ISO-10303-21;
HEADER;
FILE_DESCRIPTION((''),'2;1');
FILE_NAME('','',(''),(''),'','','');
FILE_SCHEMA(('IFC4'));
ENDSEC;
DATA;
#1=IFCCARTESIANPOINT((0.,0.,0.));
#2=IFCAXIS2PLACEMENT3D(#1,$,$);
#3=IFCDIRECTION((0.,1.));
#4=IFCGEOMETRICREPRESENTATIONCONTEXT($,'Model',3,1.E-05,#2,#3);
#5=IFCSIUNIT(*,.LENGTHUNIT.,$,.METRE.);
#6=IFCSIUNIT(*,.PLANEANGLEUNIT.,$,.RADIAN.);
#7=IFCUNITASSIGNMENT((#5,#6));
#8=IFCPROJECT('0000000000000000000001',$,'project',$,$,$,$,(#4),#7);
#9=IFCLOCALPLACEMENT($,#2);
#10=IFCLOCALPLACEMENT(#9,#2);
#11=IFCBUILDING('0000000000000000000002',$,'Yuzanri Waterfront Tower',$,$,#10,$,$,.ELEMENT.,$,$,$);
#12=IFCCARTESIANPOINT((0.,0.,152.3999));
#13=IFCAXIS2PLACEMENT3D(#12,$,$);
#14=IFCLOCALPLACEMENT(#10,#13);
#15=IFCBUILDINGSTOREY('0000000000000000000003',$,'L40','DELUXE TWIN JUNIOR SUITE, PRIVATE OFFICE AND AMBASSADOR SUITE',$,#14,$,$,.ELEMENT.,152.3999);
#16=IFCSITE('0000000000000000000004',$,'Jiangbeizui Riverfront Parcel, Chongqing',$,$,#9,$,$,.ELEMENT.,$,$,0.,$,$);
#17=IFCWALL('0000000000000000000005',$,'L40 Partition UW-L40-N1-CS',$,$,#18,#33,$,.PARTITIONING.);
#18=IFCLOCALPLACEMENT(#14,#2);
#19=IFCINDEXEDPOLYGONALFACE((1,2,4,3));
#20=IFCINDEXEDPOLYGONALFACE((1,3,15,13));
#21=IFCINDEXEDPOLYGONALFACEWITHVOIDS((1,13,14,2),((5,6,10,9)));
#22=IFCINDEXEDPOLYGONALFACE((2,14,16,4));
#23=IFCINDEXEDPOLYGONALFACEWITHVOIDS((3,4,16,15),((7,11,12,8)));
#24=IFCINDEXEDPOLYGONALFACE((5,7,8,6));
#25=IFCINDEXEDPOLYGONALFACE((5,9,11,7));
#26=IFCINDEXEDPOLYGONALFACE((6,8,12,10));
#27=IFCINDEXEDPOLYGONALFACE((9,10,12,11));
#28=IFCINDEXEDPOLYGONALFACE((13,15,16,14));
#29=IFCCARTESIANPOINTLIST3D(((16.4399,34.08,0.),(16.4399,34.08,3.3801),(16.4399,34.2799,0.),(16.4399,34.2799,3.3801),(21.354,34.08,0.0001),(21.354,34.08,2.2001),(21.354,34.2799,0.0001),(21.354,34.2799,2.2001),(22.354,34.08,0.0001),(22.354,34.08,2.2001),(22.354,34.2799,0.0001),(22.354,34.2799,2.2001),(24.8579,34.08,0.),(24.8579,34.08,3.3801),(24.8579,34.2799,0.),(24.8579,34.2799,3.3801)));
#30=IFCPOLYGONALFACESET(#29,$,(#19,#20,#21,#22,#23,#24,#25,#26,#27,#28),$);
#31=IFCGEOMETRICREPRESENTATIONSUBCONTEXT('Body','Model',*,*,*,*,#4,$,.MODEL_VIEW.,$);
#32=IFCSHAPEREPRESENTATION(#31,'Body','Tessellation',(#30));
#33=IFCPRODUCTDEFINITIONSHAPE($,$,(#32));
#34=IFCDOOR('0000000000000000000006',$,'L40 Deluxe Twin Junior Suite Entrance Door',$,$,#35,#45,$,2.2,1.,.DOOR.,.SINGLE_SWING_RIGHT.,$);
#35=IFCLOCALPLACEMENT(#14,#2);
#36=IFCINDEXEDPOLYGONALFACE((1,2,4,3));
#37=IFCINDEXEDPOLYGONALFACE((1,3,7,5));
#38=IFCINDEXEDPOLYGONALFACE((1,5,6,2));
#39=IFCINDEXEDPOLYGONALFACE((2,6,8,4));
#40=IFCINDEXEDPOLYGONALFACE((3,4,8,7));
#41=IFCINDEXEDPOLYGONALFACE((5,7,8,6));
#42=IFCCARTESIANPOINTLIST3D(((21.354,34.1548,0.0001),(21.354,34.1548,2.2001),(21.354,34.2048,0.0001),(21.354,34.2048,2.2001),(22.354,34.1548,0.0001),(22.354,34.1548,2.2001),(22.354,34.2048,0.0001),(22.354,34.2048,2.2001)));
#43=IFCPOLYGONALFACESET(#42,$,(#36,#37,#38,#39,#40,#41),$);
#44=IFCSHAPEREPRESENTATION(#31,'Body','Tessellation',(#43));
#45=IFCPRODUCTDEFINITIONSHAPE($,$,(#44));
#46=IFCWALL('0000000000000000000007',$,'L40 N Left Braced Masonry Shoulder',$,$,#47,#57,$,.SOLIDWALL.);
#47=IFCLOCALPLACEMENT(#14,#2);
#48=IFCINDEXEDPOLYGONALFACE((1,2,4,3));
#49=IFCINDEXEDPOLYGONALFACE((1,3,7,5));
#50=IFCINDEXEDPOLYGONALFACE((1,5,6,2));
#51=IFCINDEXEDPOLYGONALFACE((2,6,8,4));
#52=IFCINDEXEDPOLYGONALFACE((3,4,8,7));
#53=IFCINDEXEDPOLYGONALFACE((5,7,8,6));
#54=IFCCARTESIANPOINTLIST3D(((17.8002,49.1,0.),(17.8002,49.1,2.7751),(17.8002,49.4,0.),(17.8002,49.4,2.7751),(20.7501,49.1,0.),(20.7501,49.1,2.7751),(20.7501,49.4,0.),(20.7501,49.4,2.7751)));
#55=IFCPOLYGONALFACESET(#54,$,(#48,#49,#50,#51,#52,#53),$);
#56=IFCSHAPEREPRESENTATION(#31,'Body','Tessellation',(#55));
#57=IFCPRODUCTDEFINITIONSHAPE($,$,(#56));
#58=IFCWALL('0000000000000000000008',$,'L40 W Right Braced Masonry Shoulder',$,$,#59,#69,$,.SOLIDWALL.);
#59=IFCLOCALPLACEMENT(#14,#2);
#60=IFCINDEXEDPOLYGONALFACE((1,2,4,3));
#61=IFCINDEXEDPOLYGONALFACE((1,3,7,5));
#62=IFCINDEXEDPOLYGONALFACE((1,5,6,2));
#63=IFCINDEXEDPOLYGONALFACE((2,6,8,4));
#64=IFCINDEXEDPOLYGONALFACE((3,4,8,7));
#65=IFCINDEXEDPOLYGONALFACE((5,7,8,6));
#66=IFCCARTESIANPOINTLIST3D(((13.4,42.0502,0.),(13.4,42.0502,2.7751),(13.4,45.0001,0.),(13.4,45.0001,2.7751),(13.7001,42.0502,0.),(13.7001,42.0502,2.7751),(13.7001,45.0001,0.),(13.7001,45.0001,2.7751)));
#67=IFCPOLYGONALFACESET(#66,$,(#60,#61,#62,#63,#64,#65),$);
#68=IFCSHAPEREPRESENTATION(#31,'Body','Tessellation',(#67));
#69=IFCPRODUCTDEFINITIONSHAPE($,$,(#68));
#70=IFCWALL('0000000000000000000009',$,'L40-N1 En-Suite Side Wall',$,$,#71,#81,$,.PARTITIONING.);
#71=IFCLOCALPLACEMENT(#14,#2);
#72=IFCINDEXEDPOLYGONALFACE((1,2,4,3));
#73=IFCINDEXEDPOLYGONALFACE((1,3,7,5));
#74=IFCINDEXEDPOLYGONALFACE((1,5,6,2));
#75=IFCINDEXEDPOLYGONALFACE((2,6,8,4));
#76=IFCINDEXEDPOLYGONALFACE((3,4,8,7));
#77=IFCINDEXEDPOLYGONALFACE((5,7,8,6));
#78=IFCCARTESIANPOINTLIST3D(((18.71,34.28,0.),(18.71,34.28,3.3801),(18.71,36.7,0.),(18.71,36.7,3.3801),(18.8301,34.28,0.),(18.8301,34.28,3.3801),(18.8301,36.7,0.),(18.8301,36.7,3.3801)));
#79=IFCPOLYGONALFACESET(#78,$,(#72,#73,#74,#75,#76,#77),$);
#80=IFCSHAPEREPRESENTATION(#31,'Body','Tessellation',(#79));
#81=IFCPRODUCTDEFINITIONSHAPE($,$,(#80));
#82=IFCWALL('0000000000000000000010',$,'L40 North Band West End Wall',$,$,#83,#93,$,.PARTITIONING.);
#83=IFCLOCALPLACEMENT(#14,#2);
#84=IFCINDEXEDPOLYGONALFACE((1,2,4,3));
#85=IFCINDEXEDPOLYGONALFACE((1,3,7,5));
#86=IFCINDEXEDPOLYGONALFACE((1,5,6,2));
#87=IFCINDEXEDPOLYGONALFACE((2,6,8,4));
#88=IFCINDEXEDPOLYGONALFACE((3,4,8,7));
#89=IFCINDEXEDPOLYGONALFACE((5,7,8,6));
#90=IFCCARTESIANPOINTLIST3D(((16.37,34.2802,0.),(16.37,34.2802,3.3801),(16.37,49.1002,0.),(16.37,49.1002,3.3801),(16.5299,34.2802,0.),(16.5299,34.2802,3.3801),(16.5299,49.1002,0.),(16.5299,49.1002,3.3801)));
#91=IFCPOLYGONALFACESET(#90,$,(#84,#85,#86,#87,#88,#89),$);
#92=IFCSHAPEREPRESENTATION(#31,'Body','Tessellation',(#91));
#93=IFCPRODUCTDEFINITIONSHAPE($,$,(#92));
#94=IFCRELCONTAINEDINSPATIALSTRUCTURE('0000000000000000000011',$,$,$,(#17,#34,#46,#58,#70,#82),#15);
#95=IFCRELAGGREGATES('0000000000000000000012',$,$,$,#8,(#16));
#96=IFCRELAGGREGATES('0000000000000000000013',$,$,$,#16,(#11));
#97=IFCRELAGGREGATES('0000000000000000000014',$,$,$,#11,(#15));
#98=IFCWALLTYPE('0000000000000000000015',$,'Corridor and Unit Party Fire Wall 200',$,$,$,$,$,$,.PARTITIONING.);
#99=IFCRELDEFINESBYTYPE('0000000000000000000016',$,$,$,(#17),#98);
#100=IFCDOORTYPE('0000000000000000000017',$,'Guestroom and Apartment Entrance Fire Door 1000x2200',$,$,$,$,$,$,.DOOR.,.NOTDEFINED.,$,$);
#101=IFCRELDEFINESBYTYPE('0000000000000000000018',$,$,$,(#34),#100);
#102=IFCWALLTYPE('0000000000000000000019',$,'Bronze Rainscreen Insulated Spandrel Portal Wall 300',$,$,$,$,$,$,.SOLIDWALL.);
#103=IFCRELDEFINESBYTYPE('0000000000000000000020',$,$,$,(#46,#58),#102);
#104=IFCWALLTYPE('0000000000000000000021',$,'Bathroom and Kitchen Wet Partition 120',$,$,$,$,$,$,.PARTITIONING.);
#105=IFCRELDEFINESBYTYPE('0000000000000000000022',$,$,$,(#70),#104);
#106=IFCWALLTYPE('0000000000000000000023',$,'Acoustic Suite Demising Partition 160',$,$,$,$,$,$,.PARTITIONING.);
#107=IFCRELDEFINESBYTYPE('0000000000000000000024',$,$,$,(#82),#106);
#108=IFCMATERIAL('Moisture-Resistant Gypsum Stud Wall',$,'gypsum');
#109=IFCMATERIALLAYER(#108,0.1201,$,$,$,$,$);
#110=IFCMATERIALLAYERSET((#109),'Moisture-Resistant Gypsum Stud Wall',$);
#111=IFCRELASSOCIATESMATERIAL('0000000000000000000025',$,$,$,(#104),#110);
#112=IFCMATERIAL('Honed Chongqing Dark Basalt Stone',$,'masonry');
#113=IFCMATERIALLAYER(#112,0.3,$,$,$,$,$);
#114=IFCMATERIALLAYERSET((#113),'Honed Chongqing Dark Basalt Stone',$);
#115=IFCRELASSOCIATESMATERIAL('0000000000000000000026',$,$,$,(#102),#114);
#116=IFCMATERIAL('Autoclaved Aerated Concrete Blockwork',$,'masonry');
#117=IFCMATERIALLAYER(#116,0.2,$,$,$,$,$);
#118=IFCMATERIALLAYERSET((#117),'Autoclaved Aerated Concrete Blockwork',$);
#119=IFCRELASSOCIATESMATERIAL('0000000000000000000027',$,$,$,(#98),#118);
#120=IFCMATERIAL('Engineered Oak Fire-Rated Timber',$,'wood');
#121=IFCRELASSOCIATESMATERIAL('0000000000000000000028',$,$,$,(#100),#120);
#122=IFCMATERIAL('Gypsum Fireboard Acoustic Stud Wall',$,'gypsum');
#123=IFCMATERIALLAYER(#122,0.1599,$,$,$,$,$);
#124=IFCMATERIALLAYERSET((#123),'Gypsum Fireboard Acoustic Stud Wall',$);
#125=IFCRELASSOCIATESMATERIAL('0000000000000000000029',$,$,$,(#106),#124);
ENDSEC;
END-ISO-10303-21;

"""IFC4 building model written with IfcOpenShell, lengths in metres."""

from ifc_helpers import new_model, si_unit, direction, frame, frame_2d, origin, place, context, subcontext, project, spatial, rectangle, extrude, source, transform, mapped, material, layer, layer_set, type_object, element, fill, save


model = new_model("IFC4")

# Units and contexts
model_context = context("Model", 3, precision=1e-05, world=origin(), true_north=direction((0.0, 1.0)))
body_context = subcontext(model_context, "Body", "Model", "MODEL_VIEW")
ifc_project = project(units=[si_unit("LENGTHUNIT", "METRE"), si_unit("PLANEANGLEUNIT", "RADIAN")], contexts=[model_context])

# Site, building, storey
site_placement = place(None, origin())
site = spatial("IfcSite", under=ifc_project, at=site_placement, Name="Jiangbeizui Riverfront Parcel, Chongqing", CompositionType="ELEMENT", RefElevation=0.0)
building_placement = place(site_placement, origin())
building = spatial("IfcBuilding", under=site, at=building_placement, Name="Yuzanri Waterfront Tower", CompositionType="ELEMENT")
storey_placement = place(building_placement, frame((0.0, 0.0, 152.3999)))
storey = spatial("IfcBuildingStorey", under=building, at=storey_placement, Name="L40", Description="DELUXE TWIN JUNIOR SUITE, PRIVATE OFFICE AND AMBASSADOR SUITE", CompositionType="ELEMENT", Elevation=152.3999)

# Shared definitions
ifc_material_1 = material(Name="Moisture-Resistant Gypsum Stud Wall", Category="gypsum")
ifc_layer_1 = layer(ifc_material_1, 0.1201)
ifc_layer_set_1 = layer_set([ifc_layer_1], Name="Moisture-Resistant Gypsum Stud Wall")
wall_type_1 = type_object("IfcWallType", Name="Bathroom and Kitchen Wet Partition 120", PredefinedType="PARTITIONING", material=ifc_layer_set_1)

# Shared definitions
ifc_material_2 = material(Name="Honed Chongqing Dark Basalt Stone", Category="masonry")
ifc_layer_2 = layer(ifc_material_2, 0.3)
ifc_layer_set_2 = layer_set([ifc_layer_2], Name="Honed Chongqing Dark Basalt Stone")
wall_type_2 = type_object("IfcWallType", Name="Bronze Rainscreen Insulated Spandrel Portal Wall 300", PredefinedType="SOLIDWALL", material=ifc_layer_set_2)

# Wall, opening, door
ifc_material_3 = material(Name="Autoclaved Aerated Concrete Blockwork", Category="masonry")
ifc_layer_3 = layer(ifc_material_3, 0.2)
ifc_layer_set_3 = layer_set([ifc_layer_3], Name="Autoclaved Aerated Concrete Blockwork")
wall_type_3 = type_object("IfcWallType", Name="Corridor and Unit Party Fire Wall 200", PredefinedType="PARTITIONING", material=ifc_layer_set_3)
wall_1_placement = place(storey_placement, frame((16.4399, 34.1799, 0.0), z_axis=(0.0, 0.0, 1.0), x_axis=(1.0, 0.0, 0.0)))
wall_1 = element("IfcWall", 1, at=wall_1_placement, inside=storey, type_object=wall_type_3, Name="L40 Partition UW-L40-N1-CS", PredefinedType="PARTITIONING", context=body_context, shape_type="SweptSolid", body=[
    extrude(rectangle(XDim=8.418, YDim=0.2, at=frame_2d((4.209, 0.0))), origin(), (0.0, 0.0, 1.0), 3.3801),
])
opening_1_placement = place(wall_1_placement, frame((4.9141, 0.0, 0.0)))
opening_1 = element("IfcOpeningElement", 2, at=opening_1_placement, cuts=wall_1, PredefinedType="OPENING", context=body_context, shape_type="SweptSolid", body=[
    extrude(rectangle(XDim=1.0, YDim=2.2, at=frame_2d((0.5, 1.1001))), frame((0.0, 0.1147, 0.0), z_axis=(0.0, -1.0, 0.0), x_axis=(1.0, 0.0, 0.0)), (0.0, 0.0, 1.0), 0.2297),
])
ifc_material_4 = material(Name="Engineered Oak Fire-Rated Timber", Category="wood")
door_type_1 = type_object("IfcDoorType", Name="Guestroom and Apartment Entrance Fire Door 1000x2200", OperationType="NOTDEFINED", PredefinedType="DOOR", material=ifc_material_4)
shared_shape_1 = source(origin(), body_context, "Body", "SweptSolid", [
    extrude(rectangle(XDim=1.0, YDim=2.2, at=frame_2d((0.5, 1.1001))), frame((0.0, 0.0249, 0.0), z_axis=(0.0, -1.0, 0.0), x_axis=(1.0, 0.0, 0.0)), (0.0, 0.0, 1.0), 0.05),
])
door_1_placement = place(opening_1_placement, origin())
door_1 = element("IfcDoor", 3, at=door_1_placement, inside=storey, type_object=door_type_1, Name="L40 Deluxe Twin Junior Suite Entrance Door", OperationType="SINGLE_SWING_RIGHT", OverallHeight=2.2, OverallWidth=1.0, PredefinedType="DOOR", context=body_context, shape_type="MappedRepresentation", body=[
    mapped(shared_shape_1, transform((0.0, 0.0, 0.0), scale=1.0)),
])
fill(opening_1, door_1)

# Walls
shared_shape_2 = source(origin(), body_context, "Body", "SweptSolid", [
    extrude(rectangle(XDim=2.95, YDim=0.3, at=frame_2d((1.4751, 0.0))), origin(), (0.0, 0.0, 1.0), 2.7751),
])
for number, where, z_axis, x_axis, name in (
    (4, (17.8, 49.25, 0.0), (0.0, 0.0, 1.0), (1.0, 0.0, 0.0), "L40 N Left Braced Masonry Shoulder"),
    (5, (13.55, 42.05, 0.0), (0.0, 0.0, 1.0), (0.0, 1.0, 0.0), "L40 W Right Braced Masonry Shoulder"),
):
    element("IfcWall", number, at=place(storey_placement, frame(where, z_axis=z_axis, x_axis=x_axis)), inside=storey, type_object=wall_type_2, Name=name, PredefinedType="SOLIDWALL", context=body_context, shape_type="MappedRepresentation", body=[
        mapped(shared_shape_2, transform((0.0, 0.0, 0.0), scale=1.0)),
    ])
shared_shape_3 = source(origin(), body_context, "Body", "SweptSolid", [
    extrude(rectangle(XDim=2.4199, YDim=0.1201, at=frame_2d((1.21, 0.0))), origin(), (0.0, 0.0, 1.0), 3.3801),
])
wall_2_placement = place(storey_placement, frame((18.77, 34.28, 0.0), z_axis=(0.0, 0.0, 1.0), x_axis=(0.0, 1.0, 0.0)))
element("IfcWall", 6, at=wall_2_placement, inside=storey, type_object=wall_type_1, Name="L40-N1 En-Suite Side Wall", PredefinedType="PARTITIONING", context=body_context, shape_type="MappedRepresentation", body=[
    mapped(shared_shape_3, transform((0.0, 0.0, 0.0), scale=1.0)),
])
ifc_material_5 = material(Name="Gypsum Fireboard Acoustic Stud Wall", Category="gypsum")
ifc_layer_4 = layer(ifc_material_5, 0.1599)
ifc_layer_set_4 = layer_set([ifc_layer_4], Name="Gypsum Fireboard Acoustic Stud Wall")
wall_type_4 = type_object("IfcWallType", Name="Acoustic Suite Demising Partition 160", PredefinedType="PARTITIONING", material=ifc_layer_set_4)
shared_shape_4 = source(origin(), body_context, "Body", "SweptSolid", [
    extrude(rectangle(XDim=14.8201, YDim=0.1599, at=frame_2d((7.4102, 0.0))), origin(), (0.0, 0.0, 1.0), 3.3801),
])
wall_3_placement = place(storey_placement, frame((16.45, 34.28, 0.0), z_axis=(0.0, 0.0, 1.0), x_axis=(0.0, 1.0, 0.0)))
element("IfcWall", 7, at=wall_3_placement, inside=storey, type_object=wall_type_4, Name="L40 North Band West End Wall", PredefinedType="PARTITIONING", context=body_context, shape_type="MappedRepresentation", body=[
    mapped(shared_shape_4, transform((0.0, 0.0, 0.0), scale=1.0)),
])

save(model, "model.ifc")
